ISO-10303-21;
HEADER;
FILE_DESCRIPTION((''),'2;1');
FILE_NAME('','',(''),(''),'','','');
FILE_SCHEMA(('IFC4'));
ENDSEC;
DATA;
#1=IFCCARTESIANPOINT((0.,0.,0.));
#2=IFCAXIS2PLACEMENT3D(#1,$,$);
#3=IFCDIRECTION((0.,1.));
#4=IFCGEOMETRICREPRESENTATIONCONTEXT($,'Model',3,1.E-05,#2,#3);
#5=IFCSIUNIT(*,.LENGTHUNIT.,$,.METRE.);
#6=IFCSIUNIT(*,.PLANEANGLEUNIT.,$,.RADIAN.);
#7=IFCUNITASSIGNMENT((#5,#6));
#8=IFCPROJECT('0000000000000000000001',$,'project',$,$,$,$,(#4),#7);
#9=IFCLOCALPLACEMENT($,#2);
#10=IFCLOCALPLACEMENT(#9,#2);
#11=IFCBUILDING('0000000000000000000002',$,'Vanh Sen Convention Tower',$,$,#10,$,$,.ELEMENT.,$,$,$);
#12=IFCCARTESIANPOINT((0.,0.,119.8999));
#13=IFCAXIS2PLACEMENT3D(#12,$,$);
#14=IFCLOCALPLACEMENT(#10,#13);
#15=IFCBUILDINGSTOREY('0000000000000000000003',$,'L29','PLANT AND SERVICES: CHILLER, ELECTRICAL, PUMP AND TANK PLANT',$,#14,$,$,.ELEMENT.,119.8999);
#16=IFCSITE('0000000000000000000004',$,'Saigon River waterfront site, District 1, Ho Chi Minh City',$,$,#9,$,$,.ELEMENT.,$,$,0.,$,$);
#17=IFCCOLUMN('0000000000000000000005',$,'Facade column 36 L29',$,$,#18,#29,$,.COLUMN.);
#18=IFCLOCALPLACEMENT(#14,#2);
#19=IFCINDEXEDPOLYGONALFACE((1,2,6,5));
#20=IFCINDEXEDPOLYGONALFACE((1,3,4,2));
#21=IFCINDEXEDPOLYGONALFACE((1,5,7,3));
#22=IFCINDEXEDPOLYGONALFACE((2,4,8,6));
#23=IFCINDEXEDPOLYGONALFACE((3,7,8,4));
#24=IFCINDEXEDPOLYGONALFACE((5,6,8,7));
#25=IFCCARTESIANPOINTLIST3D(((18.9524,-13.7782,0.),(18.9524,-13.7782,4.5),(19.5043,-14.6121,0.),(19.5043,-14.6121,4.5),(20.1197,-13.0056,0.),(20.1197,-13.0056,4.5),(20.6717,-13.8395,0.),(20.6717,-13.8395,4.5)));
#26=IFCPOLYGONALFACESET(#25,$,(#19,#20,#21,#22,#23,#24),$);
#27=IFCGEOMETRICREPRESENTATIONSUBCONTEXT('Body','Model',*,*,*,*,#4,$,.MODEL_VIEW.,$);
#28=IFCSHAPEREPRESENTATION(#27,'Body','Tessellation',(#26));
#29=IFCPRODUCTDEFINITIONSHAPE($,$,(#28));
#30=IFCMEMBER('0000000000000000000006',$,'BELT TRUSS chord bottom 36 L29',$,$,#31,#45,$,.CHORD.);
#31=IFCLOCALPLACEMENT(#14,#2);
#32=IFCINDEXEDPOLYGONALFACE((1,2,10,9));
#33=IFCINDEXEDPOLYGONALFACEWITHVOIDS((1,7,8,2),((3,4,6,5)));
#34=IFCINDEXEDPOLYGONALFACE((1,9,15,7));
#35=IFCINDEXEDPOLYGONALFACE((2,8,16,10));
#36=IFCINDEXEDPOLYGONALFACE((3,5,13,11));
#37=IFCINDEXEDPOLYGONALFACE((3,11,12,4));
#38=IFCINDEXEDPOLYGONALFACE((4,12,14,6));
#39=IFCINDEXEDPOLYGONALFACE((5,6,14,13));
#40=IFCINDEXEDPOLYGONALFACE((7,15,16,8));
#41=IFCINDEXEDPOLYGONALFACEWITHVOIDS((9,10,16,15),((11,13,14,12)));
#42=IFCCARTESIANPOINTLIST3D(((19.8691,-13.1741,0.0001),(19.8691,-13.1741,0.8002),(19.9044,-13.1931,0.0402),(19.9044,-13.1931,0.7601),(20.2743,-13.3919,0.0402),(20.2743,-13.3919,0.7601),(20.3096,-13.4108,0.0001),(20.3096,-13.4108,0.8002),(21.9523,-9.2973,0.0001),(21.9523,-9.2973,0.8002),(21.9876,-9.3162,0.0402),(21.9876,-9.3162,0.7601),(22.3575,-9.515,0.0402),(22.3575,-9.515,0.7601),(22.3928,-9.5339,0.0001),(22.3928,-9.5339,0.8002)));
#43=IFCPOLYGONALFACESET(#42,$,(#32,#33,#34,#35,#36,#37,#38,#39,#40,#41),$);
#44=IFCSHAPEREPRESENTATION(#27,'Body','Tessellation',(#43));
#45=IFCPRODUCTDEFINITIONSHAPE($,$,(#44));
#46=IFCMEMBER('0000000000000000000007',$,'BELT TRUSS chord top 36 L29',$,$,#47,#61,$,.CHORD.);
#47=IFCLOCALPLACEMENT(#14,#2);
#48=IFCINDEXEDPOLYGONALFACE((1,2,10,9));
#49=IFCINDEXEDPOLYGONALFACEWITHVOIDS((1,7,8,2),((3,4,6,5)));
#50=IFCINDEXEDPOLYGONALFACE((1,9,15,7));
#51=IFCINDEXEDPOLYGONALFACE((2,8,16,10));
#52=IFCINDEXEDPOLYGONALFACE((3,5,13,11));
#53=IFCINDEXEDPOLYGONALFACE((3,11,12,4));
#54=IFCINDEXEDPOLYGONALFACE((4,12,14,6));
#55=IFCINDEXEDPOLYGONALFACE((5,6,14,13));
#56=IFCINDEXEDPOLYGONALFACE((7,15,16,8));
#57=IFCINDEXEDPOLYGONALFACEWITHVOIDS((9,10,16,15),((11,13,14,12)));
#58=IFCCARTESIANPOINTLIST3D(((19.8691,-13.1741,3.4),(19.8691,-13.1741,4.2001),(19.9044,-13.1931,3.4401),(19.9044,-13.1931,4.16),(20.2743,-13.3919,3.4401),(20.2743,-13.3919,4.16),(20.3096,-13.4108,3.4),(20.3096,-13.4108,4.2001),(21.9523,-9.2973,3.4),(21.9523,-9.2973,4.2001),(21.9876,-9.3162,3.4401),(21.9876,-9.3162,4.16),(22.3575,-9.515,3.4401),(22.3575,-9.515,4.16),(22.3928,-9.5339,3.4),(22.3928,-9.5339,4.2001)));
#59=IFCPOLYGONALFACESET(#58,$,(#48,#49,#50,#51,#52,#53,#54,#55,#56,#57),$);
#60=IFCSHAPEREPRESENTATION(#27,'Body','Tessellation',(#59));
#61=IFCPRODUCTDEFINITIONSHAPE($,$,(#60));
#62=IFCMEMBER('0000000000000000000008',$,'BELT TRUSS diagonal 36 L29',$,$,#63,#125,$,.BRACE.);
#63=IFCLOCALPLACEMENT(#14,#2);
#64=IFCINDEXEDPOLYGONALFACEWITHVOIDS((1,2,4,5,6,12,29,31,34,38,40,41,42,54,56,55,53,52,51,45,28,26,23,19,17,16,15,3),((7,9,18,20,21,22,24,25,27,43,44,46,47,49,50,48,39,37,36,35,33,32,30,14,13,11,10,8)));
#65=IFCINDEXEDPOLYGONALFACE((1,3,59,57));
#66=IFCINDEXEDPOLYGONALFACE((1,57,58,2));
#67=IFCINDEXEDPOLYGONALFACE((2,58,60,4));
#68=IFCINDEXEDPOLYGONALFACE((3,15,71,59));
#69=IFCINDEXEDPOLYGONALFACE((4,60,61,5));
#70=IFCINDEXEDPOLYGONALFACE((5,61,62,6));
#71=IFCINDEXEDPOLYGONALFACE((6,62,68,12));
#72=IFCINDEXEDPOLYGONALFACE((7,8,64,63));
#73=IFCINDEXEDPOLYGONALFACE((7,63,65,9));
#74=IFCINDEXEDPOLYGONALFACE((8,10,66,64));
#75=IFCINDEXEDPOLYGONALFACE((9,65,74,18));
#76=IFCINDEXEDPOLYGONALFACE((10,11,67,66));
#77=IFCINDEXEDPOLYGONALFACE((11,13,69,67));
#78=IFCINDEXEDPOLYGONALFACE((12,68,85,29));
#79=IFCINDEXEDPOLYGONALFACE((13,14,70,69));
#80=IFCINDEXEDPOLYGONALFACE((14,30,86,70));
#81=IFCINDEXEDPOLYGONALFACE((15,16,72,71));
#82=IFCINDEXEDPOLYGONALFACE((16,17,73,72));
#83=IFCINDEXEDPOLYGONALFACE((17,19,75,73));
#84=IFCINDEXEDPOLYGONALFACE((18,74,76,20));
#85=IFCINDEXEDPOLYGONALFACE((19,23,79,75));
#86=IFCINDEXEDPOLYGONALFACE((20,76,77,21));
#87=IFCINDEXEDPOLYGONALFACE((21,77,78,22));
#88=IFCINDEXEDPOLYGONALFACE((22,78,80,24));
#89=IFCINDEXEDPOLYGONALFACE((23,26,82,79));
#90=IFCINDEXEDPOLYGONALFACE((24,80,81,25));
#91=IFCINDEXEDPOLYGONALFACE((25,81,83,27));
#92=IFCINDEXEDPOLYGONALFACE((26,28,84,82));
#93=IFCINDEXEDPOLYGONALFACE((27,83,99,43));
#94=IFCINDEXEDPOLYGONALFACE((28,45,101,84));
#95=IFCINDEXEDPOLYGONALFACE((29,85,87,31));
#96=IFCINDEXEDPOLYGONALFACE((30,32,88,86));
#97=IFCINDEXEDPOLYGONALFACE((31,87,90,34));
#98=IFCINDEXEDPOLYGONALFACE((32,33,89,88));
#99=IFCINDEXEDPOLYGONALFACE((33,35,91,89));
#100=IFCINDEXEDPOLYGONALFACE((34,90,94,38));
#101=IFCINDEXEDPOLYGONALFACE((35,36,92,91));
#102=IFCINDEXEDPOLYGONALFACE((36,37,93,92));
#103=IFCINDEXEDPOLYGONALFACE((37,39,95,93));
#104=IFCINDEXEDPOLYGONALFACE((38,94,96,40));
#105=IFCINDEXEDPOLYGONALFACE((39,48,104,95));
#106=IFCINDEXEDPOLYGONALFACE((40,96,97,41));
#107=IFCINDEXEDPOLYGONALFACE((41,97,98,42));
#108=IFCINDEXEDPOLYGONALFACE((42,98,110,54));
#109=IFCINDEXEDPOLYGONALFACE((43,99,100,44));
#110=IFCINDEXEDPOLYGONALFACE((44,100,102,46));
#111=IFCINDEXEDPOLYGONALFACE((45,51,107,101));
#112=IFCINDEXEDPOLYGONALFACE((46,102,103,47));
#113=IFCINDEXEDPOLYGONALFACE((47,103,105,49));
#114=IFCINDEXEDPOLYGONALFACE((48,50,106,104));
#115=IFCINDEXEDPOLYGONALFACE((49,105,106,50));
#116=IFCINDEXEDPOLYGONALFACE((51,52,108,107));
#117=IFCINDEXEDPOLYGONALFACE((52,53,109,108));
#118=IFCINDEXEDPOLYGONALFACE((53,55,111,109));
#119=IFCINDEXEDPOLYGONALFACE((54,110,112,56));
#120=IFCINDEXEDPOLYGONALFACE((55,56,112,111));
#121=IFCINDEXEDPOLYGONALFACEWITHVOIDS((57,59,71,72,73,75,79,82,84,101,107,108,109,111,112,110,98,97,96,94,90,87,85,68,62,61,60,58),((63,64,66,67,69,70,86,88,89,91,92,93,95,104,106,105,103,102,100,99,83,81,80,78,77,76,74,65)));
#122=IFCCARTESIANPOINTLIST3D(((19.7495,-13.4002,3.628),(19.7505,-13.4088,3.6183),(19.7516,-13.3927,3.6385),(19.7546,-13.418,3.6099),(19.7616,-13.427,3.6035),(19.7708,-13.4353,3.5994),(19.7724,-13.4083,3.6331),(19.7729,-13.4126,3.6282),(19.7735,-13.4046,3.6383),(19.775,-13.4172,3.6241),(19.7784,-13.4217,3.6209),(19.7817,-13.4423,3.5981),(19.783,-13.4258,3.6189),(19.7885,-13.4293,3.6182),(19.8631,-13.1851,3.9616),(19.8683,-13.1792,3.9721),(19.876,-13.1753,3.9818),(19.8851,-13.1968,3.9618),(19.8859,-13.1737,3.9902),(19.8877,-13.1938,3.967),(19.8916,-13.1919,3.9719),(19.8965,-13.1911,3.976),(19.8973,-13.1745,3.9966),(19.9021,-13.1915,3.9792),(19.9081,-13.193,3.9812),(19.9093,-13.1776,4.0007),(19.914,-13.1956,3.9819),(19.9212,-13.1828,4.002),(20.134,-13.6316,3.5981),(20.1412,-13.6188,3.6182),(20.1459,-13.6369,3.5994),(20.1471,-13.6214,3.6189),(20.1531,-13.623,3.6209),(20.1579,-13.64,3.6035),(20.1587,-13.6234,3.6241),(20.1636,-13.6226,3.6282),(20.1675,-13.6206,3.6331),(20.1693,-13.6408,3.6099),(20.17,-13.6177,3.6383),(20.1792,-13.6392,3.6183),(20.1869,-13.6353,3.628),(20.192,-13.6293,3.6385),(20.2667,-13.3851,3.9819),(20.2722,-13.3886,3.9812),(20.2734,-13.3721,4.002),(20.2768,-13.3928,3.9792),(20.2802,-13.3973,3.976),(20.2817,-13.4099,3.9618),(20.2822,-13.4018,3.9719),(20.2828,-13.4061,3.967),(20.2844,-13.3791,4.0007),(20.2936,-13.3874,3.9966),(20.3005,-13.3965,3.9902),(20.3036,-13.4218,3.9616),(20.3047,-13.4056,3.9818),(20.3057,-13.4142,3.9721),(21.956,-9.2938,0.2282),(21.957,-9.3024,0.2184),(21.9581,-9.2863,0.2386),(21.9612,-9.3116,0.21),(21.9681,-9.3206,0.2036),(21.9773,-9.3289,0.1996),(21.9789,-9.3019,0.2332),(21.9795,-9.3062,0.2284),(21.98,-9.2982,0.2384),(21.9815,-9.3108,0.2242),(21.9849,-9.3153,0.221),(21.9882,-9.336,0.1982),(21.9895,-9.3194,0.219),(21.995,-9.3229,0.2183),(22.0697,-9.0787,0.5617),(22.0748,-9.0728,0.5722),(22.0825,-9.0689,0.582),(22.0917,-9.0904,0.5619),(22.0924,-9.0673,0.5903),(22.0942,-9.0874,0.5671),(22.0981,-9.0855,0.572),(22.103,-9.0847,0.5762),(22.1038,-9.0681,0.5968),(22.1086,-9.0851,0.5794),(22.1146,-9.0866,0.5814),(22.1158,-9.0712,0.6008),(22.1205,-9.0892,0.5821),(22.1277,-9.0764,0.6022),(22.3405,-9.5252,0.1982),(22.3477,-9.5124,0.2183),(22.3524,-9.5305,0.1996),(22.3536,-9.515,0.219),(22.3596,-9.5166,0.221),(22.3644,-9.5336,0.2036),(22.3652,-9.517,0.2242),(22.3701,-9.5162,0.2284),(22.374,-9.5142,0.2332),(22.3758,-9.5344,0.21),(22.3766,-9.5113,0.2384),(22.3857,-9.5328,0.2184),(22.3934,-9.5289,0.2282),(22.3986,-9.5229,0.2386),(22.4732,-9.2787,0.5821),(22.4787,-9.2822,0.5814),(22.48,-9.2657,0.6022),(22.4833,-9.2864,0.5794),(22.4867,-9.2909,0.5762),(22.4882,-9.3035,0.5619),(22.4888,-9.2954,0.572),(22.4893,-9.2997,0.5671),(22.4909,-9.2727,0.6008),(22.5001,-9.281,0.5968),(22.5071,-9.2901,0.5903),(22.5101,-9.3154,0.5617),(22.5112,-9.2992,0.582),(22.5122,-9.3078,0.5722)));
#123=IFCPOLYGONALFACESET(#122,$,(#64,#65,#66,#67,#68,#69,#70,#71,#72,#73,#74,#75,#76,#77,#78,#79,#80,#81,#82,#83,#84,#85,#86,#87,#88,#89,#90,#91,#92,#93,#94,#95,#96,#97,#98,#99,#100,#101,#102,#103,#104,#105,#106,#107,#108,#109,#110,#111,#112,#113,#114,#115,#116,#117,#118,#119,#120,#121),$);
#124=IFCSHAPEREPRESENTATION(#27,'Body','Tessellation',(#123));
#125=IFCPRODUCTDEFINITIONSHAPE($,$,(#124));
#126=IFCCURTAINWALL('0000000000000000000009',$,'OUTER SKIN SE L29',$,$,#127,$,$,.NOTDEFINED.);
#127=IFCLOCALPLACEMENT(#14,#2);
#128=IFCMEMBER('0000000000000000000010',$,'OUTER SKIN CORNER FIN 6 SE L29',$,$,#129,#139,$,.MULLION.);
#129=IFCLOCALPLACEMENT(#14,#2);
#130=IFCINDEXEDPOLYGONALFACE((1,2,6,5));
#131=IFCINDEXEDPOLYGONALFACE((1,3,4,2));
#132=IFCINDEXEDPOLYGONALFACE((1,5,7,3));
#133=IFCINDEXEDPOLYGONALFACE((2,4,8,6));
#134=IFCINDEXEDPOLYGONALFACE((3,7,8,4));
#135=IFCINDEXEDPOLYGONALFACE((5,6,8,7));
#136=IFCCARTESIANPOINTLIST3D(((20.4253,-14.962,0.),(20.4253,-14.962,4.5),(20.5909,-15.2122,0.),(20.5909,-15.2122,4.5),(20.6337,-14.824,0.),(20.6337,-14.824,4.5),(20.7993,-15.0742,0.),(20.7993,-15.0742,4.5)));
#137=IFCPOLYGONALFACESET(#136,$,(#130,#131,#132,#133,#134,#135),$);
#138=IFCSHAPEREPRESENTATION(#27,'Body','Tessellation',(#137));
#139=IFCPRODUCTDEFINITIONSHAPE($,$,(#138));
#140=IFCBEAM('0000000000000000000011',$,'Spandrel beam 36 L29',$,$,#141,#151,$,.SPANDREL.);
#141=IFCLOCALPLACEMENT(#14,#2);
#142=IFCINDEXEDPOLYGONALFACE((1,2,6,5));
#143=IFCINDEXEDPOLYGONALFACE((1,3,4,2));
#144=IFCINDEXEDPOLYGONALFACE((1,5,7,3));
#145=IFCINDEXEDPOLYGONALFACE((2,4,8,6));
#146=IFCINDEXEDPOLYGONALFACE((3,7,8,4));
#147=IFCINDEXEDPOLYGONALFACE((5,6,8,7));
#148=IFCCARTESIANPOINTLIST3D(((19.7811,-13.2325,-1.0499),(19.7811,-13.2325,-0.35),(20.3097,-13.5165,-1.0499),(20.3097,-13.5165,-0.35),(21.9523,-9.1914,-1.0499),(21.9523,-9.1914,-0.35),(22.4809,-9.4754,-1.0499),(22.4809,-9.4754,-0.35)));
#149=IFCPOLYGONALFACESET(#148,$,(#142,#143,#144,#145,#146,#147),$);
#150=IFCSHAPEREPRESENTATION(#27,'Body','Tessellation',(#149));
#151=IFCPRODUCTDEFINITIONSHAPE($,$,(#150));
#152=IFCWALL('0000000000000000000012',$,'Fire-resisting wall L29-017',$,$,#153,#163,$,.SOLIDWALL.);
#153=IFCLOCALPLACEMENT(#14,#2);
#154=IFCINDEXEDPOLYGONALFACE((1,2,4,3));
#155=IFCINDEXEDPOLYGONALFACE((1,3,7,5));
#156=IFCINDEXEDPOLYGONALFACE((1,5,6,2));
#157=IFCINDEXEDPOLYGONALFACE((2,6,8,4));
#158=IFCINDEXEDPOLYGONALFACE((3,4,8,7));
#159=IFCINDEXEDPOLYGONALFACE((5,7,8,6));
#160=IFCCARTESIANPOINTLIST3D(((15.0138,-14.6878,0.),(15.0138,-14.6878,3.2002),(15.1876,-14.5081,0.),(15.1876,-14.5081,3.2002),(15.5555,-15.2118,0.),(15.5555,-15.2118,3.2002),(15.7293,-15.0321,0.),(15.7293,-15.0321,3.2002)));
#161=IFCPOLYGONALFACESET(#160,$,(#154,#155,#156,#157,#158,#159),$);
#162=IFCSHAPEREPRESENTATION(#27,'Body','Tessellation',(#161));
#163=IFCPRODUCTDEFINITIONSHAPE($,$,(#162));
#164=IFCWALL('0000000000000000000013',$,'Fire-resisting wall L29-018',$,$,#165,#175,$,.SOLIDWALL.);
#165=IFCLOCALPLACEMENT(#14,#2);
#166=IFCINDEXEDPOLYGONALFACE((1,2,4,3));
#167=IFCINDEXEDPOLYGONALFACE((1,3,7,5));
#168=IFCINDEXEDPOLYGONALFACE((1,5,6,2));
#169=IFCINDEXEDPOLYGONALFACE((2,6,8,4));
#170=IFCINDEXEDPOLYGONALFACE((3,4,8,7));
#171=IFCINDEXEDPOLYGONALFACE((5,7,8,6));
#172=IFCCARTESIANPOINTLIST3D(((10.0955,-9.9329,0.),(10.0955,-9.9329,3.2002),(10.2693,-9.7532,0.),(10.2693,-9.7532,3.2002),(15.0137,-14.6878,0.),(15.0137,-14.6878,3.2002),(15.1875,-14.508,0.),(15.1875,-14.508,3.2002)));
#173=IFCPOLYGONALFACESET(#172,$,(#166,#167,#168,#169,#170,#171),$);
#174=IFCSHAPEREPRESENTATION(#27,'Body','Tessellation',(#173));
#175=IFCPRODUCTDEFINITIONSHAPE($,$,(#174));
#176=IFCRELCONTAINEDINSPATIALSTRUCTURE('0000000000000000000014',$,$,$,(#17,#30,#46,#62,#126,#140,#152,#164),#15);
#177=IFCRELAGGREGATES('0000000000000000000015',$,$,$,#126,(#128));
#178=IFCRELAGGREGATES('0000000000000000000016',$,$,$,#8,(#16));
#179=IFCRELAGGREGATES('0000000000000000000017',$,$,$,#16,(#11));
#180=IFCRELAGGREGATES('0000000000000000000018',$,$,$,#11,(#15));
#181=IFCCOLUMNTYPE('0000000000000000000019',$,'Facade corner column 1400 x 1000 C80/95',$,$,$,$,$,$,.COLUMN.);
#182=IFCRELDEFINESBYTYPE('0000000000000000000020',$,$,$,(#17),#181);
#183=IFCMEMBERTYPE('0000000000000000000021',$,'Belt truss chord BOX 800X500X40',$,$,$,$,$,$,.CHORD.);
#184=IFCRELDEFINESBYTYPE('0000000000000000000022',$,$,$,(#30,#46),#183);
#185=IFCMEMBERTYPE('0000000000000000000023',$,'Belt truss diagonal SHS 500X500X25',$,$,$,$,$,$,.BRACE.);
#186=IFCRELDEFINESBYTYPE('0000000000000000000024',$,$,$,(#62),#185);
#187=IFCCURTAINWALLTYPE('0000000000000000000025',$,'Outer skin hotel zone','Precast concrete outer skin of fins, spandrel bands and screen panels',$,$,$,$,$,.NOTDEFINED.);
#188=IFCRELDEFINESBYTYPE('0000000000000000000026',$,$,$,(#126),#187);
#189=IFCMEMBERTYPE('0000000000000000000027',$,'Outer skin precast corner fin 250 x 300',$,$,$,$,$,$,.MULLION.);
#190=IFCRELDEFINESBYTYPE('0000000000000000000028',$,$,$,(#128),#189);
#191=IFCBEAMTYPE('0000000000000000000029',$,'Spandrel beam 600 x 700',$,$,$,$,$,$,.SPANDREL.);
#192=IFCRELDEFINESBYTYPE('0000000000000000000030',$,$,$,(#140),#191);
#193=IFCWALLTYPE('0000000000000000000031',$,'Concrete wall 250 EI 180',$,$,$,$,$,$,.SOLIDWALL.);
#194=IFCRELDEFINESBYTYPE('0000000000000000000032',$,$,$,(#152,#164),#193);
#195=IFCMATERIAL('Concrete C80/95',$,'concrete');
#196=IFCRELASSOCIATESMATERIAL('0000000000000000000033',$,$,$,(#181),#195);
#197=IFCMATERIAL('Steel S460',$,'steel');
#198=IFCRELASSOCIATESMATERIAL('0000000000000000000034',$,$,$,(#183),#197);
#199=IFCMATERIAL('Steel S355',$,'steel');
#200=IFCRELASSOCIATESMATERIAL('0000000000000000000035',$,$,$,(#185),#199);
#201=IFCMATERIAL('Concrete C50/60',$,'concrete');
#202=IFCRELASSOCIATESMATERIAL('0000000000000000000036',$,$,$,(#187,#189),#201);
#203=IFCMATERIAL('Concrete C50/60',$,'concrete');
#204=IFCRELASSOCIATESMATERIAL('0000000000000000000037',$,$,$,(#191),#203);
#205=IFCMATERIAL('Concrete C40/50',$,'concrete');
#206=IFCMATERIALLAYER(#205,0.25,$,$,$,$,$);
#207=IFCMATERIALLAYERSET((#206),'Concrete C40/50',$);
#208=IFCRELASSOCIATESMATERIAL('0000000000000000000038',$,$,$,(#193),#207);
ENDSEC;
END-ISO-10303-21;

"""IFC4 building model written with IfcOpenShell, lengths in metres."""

from ifc_helpers import new_model, si_unit, direction, frame, frame_2d, origin, origin_2d, place, context, subcontext, project, spatial, rectangle, hollow_rectangle, extrude, material, layer, layer_set, material_profile, profile_set, type_object, element, aggregate, save


model = new_model("IFC4")

# Units and contexts
model_context = context("Model", 3, precision=1e-05, world=origin(), true_north=direction((0.0, 1.0)))
body_context = subcontext(model_context, "Body", "Model", "MODEL_VIEW")
ifc_project = project(units=[si_unit("LENGTHUNIT", "METRE"), si_unit("PLANEANGLEUNIT", "RADIAN")], contexts=[model_context])

# Site, building, storey
site_placement = place(None, origin())
site = spatial("IfcSite", under=ifc_project, at=site_placement, Name="Saigon River waterfront site, District 1, Ho Chi Minh City", CompositionType="ELEMENT", RefElevation=0.0)
building_placement = place(site_placement, origin())
building = spatial("IfcBuilding", under=site, at=building_placement, Name="Vanh Sen Convention Tower", CompositionType="ELEMENT")
storey_placement = place(building_placement, frame((0.0, 0.0, 119.8999)))
storey = spatial("IfcBuildingStorey", under=building, at=storey_placement, Name="L29", Description="PLANT AND SERVICES: CHILLER, ELECTRICAL, PUMP AND TANK PLANT", CompositionType="ELEMENT", Elevation=119.8999)

# Column
ifc_material_1 = material(Name="Concrete C80/95", Category="concrete")
ifc_material_profile_1 = material_profile(ifc_material_1, rectangle(XDim=1.3999, YDim=1.0, at=origin_2d()), Name="RC 1400X1000")
ifc_profile_set_1 = profile_set([ifc_material_profile_1], Name="Concrete C80/95")
column_type = type_object("IfcColumnType", Name="Facade corner column 1400 x 1000 C80/95", PredefinedType="COLUMN", material=ifc_profile_set_1)
column_placement = place(storey_placement, frame((19.812, -13.8088, 0.0), z_axis=(0.0, 0.0, 1.0), x_axis=(0.833886, 0.551937, 0.0)))
element("IfcColumn", 1, at=column_placement, inside=storey, type_object=column_type, Name="Facade column 36 L29", PredefinedType="COLUMN", context=body_context, shape_type="SweptSolid", body=[
    extrude(rectangle(XDim=1.3999, YDim=1.0, at=origin_2d()), origin(), (0.0, 0.0, 1.0), 4.5),
])

# Members
ifc_material_2 = material(Name="Steel S460", Category="steel")
ifc_material_profile_2 = material_profile(ifc_material_2, hollow_rectangle(XDim=0.5, YDim=0.8, WallThickness=0.04, at=origin_2d()), Name="BOX 800X500X40")
ifc_profile_set_2 = profile_set([ifc_material_profile_2], Name="Steel S460")
member_type_1 = type_object("IfcMemberType", Name="Belt truss chord BOX 800X500X40", PredefinedType="CHORD", material=ifc_profile_set_2)
for number, where, z_axis, x_axis, name in (
    (2, (20.0894, -13.2925, 0.4001), (0.473336, 0.880882, 0.0), (-0.880882, 0.473336, 0.0), "BELT TRUSS chord bottom 36 L29"),
    (3, (20.0894, -13.2925, 3.8), (0.473336, 0.880882, 0.0), (-0.880882, 0.473336, 0.0), "BELT TRUSS chord top 36 L29"),
):
    element("IfcMember", number, at=place(storey_placement, frame(where, z_axis=z_axis, x_axis=x_axis)), inside=storey, type_object=member_type_1, Name=name, PredefinedType="CHORD", context=body_context, shape_type="SweptSolid", body=[
        extrude(hollow_rectangle(XDim=0.5, YDim=0.8, WallThickness=0.04, at=origin_2d()), origin(), (0.0, 0.0, 1.0), 4.4011),
    ])
ifc_material_3 = material(Name="Steel S355", Category="steel")
ifc_material_profile_3 = material_profile(ifc_material_3, hollow_rectangle(XDim=0.5, YDim=0.5, WallThickness=0.0249, InnerFilletRadius=0.0249, OuterFilletRadius=0.05, at=origin_2d()), Name="SHS 500X500X25")
ifc_profile_set_3 = profile_set([ifc_material_profile_3], Name="Steel S355")
member_type_2 = type_object("IfcMemberType", Name="Belt truss diagonal SHS 500X500X25", PredefinedType="BRACE", material=ifc_profile_set_3)
member_1_placement = place(storey_placement, frame((20.0276, -13.4072, 3.8), z_axis=(0.382427, 0.711709, -0.589254), x_axis=(-0.880884, 0.473331, 0.0)))
element("IfcMember", 4, at=member_1_placement, inside=storey, type_object=member_type_2, Name="BELT TRUSS diagonal 36 L29", PredefinedType="BRACE", context=body_context, shape_type="SweptSolid", body=[
    extrude(hollow_rectangle(XDim=0.5, YDim=0.5, WallThickness=0.0249, InnerFilletRadius=0.0249, OuterFilletRadius=0.05, at=origin_2d()), origin(), (0.0, 0.0, 1.0), 5.7698),
])

# Curtain wall, member
ifc_material_4 = material(Name="Concrete C50/60", Category="concrete")
curtain_wall_type = type_object("IfcCurtainWallType", Name="Outer skin hotel zone", Description="Precast concrete outer skin of fins, spandrel bands and screen panels", PredefinedType="NOTDEFINED", material=ifc_material_4)
curtain_wall_placement = place(storey_placement, origin())
curtain_wall = element("IfcCurtainWall", 5, at=curtain_wall_placement, inside=storey, type_object=curtain_wall_type, Name="OUTER SKIN SE L29", PredefinedType="NOTDEFINED")
ifc_material_profile_4 = material_profile(ifc_material_4, rectangle(XDim=0.25, YDim=0.3, at=origin_2d()), Name="Outer skin precast corner fin 250 x 300")
ifc_profile_set_4 = profile_set([ifc_material_profile_4], Name="Concrete C50/60")
member_type_3 = type_object("IfcMemberType", Name="Outer skin precast corner fin 250 x 300", PredefinedType="MULLION", material=ifc_profile_set_4)
member_2_placement = place(storey_placement, frame((20.6123, -15.0181, 0.0), z_axis=(0.0, 0.0, 1.0), x_axis=(0.833886, 0.551937, 0.0)))
member_2 = element("IfcMember", 6, at=member_2_placement, type_object=member_type_3, Name="OUTER SKIN CORNER FIN 6 SE L29", PredefinedType="MULLION", context=body_context, shape_type="SweptSolid", body=[
    extrude(rectangle(XDim=0.25, YDim=0.3, at=origin_2d()), origin(), (0.0, 0.0, 1.0), 4.5),
])
aggregate(curtain_wall, [member_2])

# Beam
ifc_material_5 = material(Name="Concrete C50/60", Category="concrete")
ifc_material_profile_5 = material_profile(ifc_material_5, rectangle(XDim=0.6001, YDim=0.7, at=origin_2d()), Name="RC 600X700")
ifc_profile_set_5 = profile_set([ifc_material_profile_5], Name="Concrete C50/60")
beam_type = type_object("IfcBeamType", Name="Spandrel beam 600 x 700", PredefinedType="SPANDREL", material=ifc_profile_set_5)
beam_placement = place(storey_placement, frame((20.0454, -13.3745, -0.7), z_axis=(0.47329, 0.880907, 0.0), x_axis=(-0.880907, 0.47329, 0.0)))
element("IfcBeam", 7, at=beam_placement, inside=storey, type_object=beam_type, Name="Spandrel beam 36 L29", PredefinedType="SPANDREL", context=body_context, shape_type="SweptSolid", body=[
    extrude(rectangle(XDim=0.6001, YDim=0.7, at=origin_2d()), origin(), (0.0, 0.0, 1.0), 4.5874),
])

# Walls
ifc_material_6 = material(Name="Concrete C40/50", Category="concrete")
ifc_layer_1 = layer(ifc_material_6, 0.25)
ifc_layer_set_1 = layer_set([ifc_layer_1], Name="Concrete C40/50")
wall_type_1 = type_object("IfcWallType", Name="Concrete wall 250 EI 180", PredefinedType="SOLIDWALL", material=ifc_layer_set_1)
wall_1_placement = place(storey_placement, frame((15.1006, -14.5979, 0.0), z_axis=(0.0, 0.0, 1.0), x_axis=(0.718832, -0.695184, 0.0)))
element("IfcWall", 8, at=wall_1_placement, inside=storey, type_object=wall_type_1, Name="Fire-resisting wall L29-017", PredefinedType="SOLIDWALL", context=body_context, shape_type="SweptSolid", body=[
    extrude(rectangle(XDim=0.7537, YDim=0.25, at=frame_2d((0.377, 0.0))), origin(), (0.0, 0.0, 1.0), 3.2002),
])
wall_2_placement = place(storey_placement, frame((15.1006, -14.5979, 0.0), z_axis=(0.0, 0.0, 1.0), x_axis=(-0.718944, 0.695068, 0.0)))
element("IfcWall", 9, at=wall_2_placement, inside=storey, type_object=wall_type_1, Name="Fire-resisting wall L29-018", PredefinedType="SOLIDWALL", context=body_context, shape_type="SweptSolid", body=[
    extrude(rectangle(XDim=6.8408, YDim=0.25, at=frame_2d((3.4204, 0.0))), origin(), (0.0, 0.0, 1.0), 3.2002),
])

save(model, "model.ifc")
